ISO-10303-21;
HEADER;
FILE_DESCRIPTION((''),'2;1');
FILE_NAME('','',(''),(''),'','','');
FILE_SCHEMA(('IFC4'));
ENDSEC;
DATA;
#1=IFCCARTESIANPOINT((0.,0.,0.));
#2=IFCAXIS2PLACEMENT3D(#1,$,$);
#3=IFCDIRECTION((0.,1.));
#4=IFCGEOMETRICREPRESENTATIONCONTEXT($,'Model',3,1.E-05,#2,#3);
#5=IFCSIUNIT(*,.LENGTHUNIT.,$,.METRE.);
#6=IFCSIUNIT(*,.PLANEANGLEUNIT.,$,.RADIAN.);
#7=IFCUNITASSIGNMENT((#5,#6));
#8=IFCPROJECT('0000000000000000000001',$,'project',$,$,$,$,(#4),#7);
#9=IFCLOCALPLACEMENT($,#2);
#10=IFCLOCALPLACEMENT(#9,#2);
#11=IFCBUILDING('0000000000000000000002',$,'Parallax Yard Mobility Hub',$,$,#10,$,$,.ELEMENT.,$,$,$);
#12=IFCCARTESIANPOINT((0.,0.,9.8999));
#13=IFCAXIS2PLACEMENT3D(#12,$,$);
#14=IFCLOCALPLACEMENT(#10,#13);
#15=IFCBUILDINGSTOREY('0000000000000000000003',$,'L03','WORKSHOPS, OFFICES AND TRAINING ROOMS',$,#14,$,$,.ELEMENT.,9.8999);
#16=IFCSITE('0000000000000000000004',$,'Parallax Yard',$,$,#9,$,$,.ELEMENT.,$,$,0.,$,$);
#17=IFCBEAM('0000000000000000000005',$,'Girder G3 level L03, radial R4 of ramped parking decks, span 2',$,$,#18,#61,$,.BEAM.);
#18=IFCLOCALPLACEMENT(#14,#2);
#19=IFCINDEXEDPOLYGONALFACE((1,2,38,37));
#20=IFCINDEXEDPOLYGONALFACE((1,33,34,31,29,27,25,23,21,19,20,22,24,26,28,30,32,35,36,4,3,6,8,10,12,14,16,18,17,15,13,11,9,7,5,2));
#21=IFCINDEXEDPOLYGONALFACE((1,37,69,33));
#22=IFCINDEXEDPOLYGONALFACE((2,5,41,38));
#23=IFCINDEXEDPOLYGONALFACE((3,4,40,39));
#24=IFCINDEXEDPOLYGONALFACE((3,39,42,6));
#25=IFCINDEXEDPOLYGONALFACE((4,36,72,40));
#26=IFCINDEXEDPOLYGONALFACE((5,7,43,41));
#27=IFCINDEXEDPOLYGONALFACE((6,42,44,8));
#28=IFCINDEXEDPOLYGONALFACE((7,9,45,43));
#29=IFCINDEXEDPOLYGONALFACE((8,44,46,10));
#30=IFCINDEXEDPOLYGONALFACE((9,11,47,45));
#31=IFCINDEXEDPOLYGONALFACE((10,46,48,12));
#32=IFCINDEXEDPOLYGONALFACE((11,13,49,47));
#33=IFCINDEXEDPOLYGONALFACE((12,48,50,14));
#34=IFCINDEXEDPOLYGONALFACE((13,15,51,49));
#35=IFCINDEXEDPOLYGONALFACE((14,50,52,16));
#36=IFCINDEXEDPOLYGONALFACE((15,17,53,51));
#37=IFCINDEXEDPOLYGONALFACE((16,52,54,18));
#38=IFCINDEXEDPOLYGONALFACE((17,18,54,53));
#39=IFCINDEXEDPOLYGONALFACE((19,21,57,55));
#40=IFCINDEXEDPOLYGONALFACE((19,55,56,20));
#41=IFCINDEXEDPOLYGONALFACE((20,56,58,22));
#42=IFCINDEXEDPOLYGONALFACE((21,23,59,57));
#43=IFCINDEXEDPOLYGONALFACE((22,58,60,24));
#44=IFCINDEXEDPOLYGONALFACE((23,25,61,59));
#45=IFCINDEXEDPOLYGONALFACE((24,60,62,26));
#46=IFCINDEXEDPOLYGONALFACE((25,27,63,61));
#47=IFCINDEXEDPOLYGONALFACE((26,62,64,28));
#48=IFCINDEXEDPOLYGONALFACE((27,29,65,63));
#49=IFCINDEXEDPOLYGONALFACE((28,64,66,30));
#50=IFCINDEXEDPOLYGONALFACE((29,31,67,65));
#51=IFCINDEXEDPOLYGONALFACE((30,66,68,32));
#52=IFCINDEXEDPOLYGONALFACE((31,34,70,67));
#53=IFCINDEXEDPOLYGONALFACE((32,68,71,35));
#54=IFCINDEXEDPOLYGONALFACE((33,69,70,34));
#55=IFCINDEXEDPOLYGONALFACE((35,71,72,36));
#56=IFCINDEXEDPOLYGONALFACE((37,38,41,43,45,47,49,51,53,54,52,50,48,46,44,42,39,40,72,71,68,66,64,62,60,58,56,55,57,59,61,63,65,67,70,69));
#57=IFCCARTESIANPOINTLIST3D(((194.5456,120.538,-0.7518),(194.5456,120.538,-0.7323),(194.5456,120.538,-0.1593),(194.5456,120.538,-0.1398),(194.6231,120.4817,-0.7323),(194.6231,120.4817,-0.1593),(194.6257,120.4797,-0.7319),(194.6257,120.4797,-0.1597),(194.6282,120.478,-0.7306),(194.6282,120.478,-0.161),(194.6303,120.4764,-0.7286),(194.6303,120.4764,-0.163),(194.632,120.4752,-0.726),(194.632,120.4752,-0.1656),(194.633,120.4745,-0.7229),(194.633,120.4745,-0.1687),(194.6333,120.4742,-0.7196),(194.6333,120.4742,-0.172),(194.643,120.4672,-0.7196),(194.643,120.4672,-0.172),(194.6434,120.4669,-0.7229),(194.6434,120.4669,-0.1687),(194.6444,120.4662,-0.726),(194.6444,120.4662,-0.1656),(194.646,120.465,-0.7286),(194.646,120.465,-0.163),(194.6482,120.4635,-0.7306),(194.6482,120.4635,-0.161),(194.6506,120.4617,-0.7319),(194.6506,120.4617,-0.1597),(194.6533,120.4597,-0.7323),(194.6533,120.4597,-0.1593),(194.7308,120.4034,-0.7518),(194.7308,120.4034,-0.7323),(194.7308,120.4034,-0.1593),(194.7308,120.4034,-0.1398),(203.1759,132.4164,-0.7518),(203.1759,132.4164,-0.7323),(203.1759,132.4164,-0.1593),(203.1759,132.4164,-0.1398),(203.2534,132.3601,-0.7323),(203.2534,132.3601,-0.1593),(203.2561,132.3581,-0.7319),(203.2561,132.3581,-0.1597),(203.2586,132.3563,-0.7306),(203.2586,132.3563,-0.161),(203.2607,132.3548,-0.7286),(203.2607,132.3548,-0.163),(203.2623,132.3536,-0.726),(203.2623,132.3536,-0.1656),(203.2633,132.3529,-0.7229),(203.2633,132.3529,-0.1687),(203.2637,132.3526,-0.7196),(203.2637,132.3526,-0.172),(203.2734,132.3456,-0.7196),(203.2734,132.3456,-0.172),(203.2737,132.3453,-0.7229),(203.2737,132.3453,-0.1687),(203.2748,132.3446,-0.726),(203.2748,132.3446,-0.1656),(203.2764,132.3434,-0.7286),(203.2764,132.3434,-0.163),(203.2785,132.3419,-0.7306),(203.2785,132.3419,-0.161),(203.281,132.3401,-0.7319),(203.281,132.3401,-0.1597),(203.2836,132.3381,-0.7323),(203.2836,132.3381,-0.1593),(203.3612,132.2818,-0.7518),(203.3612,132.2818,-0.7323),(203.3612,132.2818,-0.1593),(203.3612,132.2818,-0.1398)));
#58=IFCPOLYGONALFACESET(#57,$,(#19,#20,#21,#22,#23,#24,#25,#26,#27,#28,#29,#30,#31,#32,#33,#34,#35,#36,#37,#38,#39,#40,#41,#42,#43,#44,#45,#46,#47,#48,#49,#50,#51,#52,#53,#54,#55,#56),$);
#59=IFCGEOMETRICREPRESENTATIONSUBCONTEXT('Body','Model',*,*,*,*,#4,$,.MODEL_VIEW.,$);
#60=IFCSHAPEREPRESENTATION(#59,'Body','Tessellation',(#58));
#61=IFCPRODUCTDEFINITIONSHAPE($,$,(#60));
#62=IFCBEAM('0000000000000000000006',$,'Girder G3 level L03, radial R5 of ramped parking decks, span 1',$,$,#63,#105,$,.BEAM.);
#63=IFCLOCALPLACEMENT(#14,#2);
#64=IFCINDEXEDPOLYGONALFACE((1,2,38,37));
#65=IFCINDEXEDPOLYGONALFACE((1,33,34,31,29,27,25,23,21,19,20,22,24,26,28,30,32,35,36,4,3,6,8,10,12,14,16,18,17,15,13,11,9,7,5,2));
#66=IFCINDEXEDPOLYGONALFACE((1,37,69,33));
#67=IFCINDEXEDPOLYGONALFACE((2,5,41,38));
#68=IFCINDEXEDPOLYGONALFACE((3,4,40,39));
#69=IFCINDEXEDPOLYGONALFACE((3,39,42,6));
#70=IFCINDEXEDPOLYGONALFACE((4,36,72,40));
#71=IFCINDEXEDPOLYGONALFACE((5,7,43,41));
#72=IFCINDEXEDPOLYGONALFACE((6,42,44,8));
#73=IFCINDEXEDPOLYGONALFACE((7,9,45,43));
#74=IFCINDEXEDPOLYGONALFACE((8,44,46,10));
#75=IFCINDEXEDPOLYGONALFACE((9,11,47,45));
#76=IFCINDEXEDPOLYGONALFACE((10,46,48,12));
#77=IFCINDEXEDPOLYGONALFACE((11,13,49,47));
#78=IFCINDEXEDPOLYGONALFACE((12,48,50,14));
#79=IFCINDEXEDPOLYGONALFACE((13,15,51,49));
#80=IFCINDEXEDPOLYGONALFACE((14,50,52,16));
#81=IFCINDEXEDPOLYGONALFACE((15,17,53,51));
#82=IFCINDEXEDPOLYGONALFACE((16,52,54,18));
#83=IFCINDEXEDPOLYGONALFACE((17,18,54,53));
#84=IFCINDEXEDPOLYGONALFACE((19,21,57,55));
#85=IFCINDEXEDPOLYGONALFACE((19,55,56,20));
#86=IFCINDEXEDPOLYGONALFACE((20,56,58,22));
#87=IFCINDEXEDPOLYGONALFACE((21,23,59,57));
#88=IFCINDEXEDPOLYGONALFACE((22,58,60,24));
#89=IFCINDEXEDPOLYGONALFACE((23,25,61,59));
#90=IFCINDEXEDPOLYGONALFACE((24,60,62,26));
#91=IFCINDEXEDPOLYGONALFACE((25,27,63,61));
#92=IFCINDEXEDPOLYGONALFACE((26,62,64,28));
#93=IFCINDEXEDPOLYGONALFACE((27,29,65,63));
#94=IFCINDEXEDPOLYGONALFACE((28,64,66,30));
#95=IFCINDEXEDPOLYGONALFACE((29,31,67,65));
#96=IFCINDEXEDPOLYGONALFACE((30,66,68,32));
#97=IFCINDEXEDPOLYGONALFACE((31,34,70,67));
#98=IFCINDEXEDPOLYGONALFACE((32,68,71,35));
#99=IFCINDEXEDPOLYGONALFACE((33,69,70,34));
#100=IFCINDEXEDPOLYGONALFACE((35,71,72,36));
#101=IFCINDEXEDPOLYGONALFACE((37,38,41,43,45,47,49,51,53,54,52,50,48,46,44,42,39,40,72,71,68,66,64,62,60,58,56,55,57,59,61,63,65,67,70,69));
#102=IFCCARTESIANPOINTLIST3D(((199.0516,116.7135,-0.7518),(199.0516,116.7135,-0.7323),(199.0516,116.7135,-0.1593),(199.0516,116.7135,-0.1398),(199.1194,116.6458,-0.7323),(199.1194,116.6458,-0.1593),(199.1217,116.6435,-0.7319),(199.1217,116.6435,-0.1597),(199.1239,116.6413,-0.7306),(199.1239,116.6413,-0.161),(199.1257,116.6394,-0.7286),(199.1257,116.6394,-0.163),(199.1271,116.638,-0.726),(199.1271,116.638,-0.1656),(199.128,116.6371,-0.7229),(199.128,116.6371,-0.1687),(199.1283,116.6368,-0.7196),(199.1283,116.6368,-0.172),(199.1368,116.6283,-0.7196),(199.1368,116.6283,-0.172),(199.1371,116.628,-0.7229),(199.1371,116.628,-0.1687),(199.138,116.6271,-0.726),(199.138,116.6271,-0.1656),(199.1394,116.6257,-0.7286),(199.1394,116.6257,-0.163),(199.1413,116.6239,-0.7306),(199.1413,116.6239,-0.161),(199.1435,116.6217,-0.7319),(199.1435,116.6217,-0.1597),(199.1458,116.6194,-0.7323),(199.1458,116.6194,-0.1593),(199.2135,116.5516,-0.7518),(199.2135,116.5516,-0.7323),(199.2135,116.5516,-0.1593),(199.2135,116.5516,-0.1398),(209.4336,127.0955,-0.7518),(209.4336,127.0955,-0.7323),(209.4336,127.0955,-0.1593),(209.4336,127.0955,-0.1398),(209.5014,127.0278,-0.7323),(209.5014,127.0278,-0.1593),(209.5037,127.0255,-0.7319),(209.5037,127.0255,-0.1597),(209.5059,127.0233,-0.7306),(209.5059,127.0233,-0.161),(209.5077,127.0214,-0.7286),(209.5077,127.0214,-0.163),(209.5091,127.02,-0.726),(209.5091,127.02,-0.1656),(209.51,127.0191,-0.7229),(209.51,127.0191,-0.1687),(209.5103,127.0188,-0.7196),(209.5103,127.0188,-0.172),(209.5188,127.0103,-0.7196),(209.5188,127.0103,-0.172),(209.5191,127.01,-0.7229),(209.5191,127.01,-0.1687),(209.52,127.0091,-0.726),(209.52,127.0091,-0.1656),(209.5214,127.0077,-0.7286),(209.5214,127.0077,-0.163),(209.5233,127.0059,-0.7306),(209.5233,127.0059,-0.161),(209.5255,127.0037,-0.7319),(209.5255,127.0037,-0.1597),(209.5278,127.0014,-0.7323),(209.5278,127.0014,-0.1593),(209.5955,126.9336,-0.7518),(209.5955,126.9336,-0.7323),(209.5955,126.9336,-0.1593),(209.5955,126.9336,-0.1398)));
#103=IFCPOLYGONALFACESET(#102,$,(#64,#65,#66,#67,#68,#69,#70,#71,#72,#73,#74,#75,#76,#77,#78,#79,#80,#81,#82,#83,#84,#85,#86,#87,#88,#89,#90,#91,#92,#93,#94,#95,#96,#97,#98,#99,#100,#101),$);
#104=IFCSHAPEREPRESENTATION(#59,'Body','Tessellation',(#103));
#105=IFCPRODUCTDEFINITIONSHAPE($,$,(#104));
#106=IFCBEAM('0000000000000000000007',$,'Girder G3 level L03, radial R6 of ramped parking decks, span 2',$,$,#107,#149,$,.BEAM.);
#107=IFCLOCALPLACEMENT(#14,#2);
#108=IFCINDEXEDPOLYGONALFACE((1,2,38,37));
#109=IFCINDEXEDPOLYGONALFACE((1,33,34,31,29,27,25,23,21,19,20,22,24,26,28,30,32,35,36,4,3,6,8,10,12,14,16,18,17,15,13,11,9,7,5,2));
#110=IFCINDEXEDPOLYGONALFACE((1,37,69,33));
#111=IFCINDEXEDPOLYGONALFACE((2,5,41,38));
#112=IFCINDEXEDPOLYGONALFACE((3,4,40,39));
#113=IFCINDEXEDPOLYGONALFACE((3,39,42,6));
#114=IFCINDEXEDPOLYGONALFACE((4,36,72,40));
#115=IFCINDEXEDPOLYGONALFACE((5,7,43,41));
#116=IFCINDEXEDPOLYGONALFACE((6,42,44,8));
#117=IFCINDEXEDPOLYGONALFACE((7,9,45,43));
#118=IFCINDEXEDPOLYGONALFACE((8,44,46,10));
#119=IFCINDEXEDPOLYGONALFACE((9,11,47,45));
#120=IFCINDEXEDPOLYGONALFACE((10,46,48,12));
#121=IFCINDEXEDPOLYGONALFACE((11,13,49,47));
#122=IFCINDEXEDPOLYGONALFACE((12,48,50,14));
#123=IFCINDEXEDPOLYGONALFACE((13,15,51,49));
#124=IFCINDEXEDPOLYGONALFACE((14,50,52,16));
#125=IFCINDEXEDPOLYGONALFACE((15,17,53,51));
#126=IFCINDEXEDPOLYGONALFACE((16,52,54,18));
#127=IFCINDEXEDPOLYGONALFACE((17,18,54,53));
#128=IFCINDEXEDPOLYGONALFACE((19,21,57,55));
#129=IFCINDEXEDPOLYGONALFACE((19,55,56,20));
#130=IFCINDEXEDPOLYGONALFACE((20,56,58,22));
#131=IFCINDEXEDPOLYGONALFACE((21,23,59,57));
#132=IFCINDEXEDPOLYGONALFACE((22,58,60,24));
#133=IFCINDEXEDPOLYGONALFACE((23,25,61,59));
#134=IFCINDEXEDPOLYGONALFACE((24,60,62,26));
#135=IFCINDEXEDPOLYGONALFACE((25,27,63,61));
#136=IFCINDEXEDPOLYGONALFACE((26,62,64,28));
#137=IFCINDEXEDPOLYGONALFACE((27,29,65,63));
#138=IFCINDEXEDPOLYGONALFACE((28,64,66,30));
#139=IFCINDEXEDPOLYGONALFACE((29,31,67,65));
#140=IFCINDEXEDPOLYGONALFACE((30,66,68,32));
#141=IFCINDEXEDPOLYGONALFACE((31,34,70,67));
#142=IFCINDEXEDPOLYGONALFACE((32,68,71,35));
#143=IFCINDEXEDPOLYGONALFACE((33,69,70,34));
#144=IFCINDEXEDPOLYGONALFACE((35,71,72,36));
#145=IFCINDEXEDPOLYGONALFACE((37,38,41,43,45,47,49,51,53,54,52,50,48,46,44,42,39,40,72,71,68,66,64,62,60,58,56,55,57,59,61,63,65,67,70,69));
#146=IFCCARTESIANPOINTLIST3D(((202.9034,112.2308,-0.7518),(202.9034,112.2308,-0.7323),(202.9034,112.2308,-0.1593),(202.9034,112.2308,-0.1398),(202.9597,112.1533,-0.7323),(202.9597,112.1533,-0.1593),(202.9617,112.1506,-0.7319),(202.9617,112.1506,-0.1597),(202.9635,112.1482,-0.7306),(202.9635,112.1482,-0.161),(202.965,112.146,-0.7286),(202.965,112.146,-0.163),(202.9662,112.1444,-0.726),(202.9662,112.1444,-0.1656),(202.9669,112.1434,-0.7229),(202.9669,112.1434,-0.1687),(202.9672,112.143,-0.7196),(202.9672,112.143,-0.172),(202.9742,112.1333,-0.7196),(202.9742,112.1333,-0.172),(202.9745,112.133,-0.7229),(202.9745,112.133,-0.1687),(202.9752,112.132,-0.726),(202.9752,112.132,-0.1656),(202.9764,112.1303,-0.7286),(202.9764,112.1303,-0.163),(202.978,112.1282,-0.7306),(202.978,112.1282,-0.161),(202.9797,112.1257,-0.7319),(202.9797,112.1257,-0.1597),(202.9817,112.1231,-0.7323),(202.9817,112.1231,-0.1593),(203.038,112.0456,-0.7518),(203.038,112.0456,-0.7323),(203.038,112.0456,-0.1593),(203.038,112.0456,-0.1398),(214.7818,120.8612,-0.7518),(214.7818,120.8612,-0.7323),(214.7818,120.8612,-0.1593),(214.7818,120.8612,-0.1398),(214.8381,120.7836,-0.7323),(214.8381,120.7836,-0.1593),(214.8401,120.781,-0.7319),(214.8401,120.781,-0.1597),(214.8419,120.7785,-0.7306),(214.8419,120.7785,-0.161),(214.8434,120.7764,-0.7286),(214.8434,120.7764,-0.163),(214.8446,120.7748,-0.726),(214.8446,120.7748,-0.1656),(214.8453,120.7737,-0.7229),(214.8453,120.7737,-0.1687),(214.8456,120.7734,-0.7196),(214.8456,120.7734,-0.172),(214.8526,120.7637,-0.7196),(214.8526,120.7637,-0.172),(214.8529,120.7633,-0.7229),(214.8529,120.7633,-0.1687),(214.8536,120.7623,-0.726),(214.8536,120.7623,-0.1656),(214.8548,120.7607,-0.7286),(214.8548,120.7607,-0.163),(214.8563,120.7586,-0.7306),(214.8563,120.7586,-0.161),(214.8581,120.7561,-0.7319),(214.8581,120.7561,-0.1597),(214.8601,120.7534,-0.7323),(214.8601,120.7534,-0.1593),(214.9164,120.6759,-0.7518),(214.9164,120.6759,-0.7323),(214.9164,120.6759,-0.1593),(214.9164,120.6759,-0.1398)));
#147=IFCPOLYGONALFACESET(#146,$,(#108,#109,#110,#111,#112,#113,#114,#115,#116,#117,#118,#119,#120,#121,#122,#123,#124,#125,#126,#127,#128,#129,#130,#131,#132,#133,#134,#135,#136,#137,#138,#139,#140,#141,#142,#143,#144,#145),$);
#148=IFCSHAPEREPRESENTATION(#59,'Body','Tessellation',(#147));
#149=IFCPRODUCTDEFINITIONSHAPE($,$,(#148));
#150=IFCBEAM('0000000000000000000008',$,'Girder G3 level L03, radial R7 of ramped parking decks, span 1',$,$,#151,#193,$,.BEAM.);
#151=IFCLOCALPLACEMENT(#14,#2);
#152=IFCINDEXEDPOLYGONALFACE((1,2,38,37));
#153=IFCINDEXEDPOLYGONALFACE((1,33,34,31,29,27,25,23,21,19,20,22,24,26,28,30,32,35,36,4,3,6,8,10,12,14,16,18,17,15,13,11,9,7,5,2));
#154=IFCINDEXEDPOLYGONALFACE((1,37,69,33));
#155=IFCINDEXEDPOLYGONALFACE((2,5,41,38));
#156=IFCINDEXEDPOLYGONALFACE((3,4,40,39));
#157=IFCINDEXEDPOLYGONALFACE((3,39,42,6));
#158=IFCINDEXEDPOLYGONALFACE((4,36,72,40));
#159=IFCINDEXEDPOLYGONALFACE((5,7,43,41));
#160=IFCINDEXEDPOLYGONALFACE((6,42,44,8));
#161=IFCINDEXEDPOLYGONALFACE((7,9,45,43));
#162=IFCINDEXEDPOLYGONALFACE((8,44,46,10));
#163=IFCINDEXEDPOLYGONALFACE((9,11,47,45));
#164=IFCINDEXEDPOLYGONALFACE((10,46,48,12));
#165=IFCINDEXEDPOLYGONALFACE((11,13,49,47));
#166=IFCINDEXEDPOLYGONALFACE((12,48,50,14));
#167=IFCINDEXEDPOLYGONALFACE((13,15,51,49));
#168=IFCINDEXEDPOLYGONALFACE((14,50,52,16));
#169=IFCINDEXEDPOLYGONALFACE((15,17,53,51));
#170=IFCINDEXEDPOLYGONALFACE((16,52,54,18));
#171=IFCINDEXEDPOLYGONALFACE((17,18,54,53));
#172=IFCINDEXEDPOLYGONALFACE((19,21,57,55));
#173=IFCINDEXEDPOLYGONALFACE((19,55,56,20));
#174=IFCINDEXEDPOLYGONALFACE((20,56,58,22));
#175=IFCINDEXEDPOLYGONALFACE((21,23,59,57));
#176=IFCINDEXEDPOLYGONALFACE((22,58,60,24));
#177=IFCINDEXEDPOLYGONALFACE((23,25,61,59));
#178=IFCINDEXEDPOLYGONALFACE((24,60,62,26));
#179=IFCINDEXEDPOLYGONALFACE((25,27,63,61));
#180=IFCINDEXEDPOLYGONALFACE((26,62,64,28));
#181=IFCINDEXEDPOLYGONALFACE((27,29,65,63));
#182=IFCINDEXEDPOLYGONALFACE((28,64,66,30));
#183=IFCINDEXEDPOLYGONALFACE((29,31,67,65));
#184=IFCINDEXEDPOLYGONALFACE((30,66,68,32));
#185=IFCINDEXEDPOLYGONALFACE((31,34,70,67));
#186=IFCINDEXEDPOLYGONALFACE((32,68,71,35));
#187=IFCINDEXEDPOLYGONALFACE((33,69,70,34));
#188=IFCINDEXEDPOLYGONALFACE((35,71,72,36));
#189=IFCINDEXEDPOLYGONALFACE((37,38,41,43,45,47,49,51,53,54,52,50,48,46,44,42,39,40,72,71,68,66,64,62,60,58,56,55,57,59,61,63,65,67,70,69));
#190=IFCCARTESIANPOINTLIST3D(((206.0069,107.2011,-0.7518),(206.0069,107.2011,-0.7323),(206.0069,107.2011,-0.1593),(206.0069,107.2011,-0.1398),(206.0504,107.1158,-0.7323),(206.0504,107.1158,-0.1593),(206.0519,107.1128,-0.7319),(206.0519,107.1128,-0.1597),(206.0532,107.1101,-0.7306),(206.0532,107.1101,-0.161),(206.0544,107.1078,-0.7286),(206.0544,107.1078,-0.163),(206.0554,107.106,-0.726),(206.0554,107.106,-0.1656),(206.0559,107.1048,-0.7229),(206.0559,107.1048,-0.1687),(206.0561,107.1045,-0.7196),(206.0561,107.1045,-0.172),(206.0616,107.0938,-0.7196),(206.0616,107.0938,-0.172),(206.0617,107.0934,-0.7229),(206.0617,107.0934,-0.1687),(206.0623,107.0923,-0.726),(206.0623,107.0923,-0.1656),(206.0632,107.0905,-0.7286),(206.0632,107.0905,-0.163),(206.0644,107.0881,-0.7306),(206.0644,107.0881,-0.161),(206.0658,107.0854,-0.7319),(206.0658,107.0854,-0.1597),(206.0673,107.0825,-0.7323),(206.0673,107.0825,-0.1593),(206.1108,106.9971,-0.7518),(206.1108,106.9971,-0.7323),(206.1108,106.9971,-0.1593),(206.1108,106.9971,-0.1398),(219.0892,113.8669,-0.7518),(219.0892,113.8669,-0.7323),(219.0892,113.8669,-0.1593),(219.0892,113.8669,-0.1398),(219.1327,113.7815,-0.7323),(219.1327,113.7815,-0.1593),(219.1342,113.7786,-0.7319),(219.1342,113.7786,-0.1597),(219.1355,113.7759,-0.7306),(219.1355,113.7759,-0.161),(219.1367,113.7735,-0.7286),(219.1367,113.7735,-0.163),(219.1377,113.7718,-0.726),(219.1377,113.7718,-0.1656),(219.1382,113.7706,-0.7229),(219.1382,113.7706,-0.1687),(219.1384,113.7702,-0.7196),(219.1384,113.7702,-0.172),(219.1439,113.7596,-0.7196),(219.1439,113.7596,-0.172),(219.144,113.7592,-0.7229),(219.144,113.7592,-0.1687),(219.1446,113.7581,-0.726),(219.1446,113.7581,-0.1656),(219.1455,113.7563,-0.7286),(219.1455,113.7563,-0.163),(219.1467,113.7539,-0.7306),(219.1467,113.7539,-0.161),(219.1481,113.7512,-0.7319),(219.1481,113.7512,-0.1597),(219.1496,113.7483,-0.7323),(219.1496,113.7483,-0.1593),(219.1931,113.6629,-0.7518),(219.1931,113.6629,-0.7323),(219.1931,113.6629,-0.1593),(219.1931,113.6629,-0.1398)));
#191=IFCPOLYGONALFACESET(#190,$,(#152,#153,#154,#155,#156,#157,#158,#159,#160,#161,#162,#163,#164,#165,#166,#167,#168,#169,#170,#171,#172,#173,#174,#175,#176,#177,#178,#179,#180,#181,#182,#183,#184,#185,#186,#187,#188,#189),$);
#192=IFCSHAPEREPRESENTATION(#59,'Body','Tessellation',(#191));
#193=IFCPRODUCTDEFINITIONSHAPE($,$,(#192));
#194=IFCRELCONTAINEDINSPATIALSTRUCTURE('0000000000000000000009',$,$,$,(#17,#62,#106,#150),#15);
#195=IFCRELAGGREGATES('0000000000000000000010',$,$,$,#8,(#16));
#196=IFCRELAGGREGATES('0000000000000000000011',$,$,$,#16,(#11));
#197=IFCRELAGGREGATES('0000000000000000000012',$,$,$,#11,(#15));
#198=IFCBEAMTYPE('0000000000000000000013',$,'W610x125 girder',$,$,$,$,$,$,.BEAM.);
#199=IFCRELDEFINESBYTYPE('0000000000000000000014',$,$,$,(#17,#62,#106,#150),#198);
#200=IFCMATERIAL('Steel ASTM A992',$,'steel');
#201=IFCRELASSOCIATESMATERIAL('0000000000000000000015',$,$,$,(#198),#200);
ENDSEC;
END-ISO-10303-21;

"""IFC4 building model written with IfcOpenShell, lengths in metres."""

from ifc_helpers import new_model, si_unit, direction, frame, origin, origin_2d, place, context, subcontext, project, spatial, i_section, extrude, material, material_profile, profile_set, type_object, element, save


model = new_model("IFC4")

# Units and contexts
model_context = context("Model", 3, precision=1e-05, world=origin(), true_north=direction((0.0, 1.0)))
body_context = subcontext(model_context, "Body", "Model", "MODEL_VIEW")
ifc_project = project(units=[si_unit("LENGTHUNIT", "METRE"), si_unit("PLANEANGLEUNIT", "RADIAN")], contexts=[model_context])

# Site, building, storey
site_placement = place(None, origin())
site = spatial("IfcSite", under=ifc_project, at=site_placement, Name="Parallax Yard", CompositionType="ELEMENT", RefElevation=0.0)
building_placement = place(site_placement, origin())
building = spatial("IfcBuilding", under=site, at=building_placement, Name="Parallax Yard Mobility Hub", CompositionType="ELEMENT")
storey_placement = place(building_placement, frame((0.0, 0.0, 9.8999)))
storey = spatial("IfcBuildingStorey", under=building, at=storey_placement, Name="L03", Description="WORKSHOPS, OFFICES AND TRAINING ROOMS", CompositionType="ELEMENT", Elevation=9.8999)

# Shared definitions
ifc_material_1 = material(Name="Steel ASTM A992", Category="steel")

# Beams
ifc_material_profile_1 = material_profile(ifc_material_1, i_section(OverallWidth=0.229, OverallDepth=0.6121, WebThickness=0.012, FlangeThickness=0.0195, FilletRadius=0.0127, at=origin_2d()), Name="W610x125")
ifc_profile_set_1 = profile_set([ifc_material_profile_1], Name="Steel ASTM A992")
beam_type_1 = type_object("IfcBeamType", Name="W610x125 girder", PredefinedType="BEAM", material=ifc_profile_set_1)
beam_1_placement = place(storey_placement, frame((194.6382, 120.4707, -0.4458), z_axis=(0.587794, 0.809011, 0.0), x_axis=(-0.809011, 0.587794, 0.0)))
element("IfcBeam", 1, at=beam_1_placement, inside=storey, type_object=beam_type_1, Name="Girder G3 level L03, radial R4 of ramped parking decks, span 2", PredefinedType="BEAM", context=body_context, shape_type="SweptSolid", body=[
    extrude(i_section(OverallWidth=0.229, OverallDepth=0.6121, WebThickness=0.012, FlangeThickness=0.0195, FilletRadius=0.0127, at=origin_2d()), origin(), (0.0, 0.0, 1.0), 14.6826),
])
beam_2_placement = place(storey_placement, frame((199.1326, 116.6326, -0.4458), z_axis=(0.707107, 0.707107, 0.0), x_axis=(-0.707107, 0.707107, 0.0)))
element("IfcBeam", 2, at=beam_2_placement, inside=storey, type_object=beam_type_1, Name="Girder G3 level L03, radial R5 of ramped parking decks, span 1", PredefinedType="BEAM", context=body_context, shape_type="SweptSolid", body=[
    extrude(i_section(OverallWidth=0.229, OverallDepth=0.6121, WebThickness=0.012, FlangeThickness=0.0195, FilletRadius=0.0127, at=origin_2d()), origin(), (0.0, 0.0, 1.0), 14.6824),
])
for number, where, z_axis, x_axis, name in (
    (3, (202.9707, 112.1382, -0.4458), (0.809011, 0.587794, 0.0), (-0.587794, 0.809011, 0.0), "Girder G3 level L03, radial R6 of ramped parking decks, span 2"),
    (4, (206.0588, 107.0991, -0.4458), (0.891006, 0.453992, 0.0), (-0.453992, 0.891006, 0.0), "Girder G3 level L03, radial R7 of ramped parking decks, span 1"),
):
    element("IfcBeam", number, at=place(storey_placement, frame(where, z_axis=z_axis, x_axis=x_axis)), inside=storey, type_object=beam_type_1, Name=name, PredefinedType="BEAM", context=body_context, shape_type="SweptSolid", body=[
        extrude(i_section(OverallWidth=0.229, OverallDepth=0.6121, WebThickness=0.012, FlangeThickness=0.0195, FilletRadius=0.0127, at=origin_2d()), origin(), (0.0, 0.0, 1.0), 14.6826),
    ])

save(model, "model.ifc")
